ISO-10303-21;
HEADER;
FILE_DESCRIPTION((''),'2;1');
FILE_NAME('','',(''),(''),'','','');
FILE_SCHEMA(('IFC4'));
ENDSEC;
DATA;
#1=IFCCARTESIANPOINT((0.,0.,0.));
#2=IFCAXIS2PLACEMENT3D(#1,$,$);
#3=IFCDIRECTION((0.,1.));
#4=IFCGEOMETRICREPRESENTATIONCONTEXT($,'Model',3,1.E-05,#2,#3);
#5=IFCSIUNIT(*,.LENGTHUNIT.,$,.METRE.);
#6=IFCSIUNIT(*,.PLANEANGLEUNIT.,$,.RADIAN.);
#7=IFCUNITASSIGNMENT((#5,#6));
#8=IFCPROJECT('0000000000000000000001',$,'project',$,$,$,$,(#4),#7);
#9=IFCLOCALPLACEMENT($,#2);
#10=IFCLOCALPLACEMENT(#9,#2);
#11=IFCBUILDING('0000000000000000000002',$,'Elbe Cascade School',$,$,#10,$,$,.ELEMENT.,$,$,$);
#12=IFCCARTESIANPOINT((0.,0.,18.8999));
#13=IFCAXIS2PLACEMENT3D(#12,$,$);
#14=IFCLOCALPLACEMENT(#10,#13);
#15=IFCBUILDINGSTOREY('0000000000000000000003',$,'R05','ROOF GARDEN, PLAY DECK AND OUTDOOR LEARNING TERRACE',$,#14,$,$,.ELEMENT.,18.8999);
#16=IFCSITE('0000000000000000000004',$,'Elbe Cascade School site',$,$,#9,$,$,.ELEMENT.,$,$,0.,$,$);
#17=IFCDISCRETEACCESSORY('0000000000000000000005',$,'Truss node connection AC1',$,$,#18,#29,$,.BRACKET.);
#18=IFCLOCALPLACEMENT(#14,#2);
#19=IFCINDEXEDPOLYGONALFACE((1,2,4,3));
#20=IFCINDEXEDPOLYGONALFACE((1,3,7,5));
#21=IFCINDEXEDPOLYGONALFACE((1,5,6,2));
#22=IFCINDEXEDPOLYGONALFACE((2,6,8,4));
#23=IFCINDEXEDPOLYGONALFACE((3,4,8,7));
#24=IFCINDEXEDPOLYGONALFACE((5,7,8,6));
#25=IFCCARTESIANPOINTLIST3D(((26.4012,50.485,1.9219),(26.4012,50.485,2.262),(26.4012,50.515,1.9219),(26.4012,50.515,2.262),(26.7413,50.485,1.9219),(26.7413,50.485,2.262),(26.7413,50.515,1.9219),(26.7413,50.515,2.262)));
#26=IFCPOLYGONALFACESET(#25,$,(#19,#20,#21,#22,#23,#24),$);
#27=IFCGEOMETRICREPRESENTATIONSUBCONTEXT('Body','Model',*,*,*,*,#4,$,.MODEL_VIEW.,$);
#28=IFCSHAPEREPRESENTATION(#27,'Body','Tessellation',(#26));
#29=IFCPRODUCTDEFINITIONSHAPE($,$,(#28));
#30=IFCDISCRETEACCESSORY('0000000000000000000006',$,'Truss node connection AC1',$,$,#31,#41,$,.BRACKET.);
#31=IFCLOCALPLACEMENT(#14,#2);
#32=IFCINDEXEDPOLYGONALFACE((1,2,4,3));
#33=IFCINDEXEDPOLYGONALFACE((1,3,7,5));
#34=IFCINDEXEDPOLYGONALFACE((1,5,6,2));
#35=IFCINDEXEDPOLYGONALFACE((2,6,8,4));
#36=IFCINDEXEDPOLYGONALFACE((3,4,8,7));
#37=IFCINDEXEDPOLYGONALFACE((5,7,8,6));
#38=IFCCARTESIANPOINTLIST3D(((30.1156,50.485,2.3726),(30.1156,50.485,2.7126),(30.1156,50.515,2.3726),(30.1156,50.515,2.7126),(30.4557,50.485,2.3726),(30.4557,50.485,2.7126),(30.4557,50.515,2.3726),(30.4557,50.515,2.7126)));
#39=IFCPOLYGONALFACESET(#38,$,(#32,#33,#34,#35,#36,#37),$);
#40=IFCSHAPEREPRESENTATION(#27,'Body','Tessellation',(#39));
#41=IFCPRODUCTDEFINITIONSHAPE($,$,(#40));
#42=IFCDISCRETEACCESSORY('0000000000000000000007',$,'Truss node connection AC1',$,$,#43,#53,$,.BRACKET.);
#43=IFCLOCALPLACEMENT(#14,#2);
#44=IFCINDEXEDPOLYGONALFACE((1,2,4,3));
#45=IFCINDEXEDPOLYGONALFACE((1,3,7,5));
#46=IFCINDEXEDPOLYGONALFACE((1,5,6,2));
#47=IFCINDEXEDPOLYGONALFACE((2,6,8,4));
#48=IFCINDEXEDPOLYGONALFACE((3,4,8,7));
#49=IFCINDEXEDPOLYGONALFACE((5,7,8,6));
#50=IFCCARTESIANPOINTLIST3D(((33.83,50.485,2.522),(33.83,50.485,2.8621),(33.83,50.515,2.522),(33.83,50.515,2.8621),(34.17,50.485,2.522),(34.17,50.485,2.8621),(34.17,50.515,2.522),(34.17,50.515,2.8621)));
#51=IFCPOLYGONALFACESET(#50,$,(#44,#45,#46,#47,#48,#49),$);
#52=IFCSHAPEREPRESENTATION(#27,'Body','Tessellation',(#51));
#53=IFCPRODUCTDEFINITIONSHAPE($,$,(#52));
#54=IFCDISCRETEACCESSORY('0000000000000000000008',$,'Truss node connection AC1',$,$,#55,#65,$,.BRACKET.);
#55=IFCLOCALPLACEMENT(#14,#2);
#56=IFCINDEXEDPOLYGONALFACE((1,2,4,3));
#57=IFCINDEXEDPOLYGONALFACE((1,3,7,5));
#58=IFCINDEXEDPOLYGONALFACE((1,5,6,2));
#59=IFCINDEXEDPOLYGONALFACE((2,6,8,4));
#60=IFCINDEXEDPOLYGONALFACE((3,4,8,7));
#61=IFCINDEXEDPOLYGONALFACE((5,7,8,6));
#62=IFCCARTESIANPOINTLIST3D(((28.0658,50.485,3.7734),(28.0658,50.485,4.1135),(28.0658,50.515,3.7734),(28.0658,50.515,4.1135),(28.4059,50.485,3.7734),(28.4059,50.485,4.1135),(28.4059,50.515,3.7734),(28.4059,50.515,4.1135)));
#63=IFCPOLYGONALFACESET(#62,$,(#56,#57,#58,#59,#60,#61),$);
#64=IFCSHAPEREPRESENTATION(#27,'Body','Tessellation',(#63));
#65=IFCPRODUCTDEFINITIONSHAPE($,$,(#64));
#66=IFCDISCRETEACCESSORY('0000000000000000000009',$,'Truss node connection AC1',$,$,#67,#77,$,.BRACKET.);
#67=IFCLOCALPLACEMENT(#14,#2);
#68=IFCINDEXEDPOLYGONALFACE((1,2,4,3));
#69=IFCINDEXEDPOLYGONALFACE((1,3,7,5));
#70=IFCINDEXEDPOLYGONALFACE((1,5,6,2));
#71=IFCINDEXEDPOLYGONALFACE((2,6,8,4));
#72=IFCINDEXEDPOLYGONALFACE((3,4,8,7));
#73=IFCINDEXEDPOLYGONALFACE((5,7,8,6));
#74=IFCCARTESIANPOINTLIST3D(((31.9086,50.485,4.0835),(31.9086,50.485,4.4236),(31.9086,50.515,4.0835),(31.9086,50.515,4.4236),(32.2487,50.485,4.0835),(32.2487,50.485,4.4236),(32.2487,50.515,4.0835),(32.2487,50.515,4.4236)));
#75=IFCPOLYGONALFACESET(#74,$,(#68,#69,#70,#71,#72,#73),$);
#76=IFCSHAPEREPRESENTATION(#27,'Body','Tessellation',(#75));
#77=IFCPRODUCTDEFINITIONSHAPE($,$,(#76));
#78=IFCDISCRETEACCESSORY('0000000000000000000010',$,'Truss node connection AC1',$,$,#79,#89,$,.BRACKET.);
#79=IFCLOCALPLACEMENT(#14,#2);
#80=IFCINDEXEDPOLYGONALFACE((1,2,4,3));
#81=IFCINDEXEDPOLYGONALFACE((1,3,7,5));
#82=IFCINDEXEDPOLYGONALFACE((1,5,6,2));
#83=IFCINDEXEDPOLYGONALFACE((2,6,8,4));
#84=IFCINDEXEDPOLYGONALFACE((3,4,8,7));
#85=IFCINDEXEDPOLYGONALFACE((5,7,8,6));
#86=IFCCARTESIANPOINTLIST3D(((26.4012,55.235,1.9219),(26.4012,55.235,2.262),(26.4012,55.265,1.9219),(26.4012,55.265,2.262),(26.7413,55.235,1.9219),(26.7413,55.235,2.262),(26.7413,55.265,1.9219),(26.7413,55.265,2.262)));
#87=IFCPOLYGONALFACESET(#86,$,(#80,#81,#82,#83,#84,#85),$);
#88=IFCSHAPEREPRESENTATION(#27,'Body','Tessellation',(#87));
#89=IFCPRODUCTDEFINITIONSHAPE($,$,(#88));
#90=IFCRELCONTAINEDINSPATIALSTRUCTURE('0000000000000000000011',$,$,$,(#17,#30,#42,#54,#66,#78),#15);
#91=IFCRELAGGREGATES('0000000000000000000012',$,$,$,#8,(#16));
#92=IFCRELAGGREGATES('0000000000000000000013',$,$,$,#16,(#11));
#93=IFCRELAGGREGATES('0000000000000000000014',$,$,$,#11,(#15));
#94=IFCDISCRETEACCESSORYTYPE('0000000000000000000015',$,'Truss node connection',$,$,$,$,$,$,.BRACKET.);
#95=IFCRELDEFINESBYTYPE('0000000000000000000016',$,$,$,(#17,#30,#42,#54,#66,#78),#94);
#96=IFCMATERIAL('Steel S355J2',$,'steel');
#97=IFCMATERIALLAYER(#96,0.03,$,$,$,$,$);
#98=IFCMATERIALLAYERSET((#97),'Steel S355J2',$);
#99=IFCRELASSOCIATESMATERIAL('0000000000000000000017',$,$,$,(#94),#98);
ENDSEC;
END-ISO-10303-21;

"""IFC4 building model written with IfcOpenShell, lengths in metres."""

from ifc_helpers import new_model, si_unit, direction, frame, origin, origin_2d, place, context, subcontext, project, spatial, rectangle, extrude, material, layer, layer_set, type_object, element, save


model = new_model("IFC4")

# Units and contexts
model_context = context("Model", 3, precision=1e-05, world=origin(), true_north=direction((0.0, 1.0)))
body_context = subcontext(model_context, "Body", "Model", "MODEL_VIEW")
ifc_project = project(units=[si_unit("LENGTHUNIT", "METRE"), si_unit("PLANEANGLEUNIT", "RADIAN")], contexts=[model_context])

# Site, building, storey
site_placement = place(None, origin())
site = spatial("IfcSite", under=ifc_project, at=site_placement, Name="Elbe Cascade School site", CompositionType="ELEMENT", RefElevation=0.0)
building_placement = place(site_placement, origin())
building = spatial("IfcBuilding", under=site, at=building_placement, Name="Elbe Cascade School", CompositionType="ELEMENT")
storey_placement = place(building_placement, frame((0.0, 0.0, 18.8999)))
storey = spatial("IfcBuildingStorey", under=building, at=storey_placement, Name="R05", Description="ROOF GARDEN, PLAY DECK AND OUTDOOR LEARNING TERRACE", CompositionType="ELEMENT", Elevation=18.8999)

# Discrete accessories
ifc_material_1 = material(Name="Steel S355J2", Category="steel")
ifc_layer = layer(ifc_material_1, 0.03)
ifc_layer_set = layer_set([ifc_layer], Name="Steel S355J2")
discrete_accessory_type = type_object("IfcDiscreteAccessoryType", Name="Truss node connection", PredefinedType="BRACKET", material=ifc_layer_set)
for number, where, z_axis, x_axis, name in (
    (1, (26.5713, 50.5, 1.9219), (0.0, 0.0, 1.0), (1.0, 0.0, 0.0), "Truss node connection AC1"),
    (2, (30.2856, 50.5, 2.3726), (0.0, 0.0, 1.0), (1.0, 0.0, 0.0), "Truss node connection AC1"),
    (3, (34.0, 50.5, 2.522), (0.0, 0.0, 1.0), (1.0, 0.0, 0.0), "Truss node connection AC1"),
    (4, (28.2358, 50.5, 3.7734), (0.0, 0.0, 1.0), (1.0, 0.0, 0.0), "Truss node connection AC1"),
    (5, (32.0786, 50.5, 4.0835), (0.0, 0.0, 1.0), (1.0, 0.0, 0.0), "Truss node connection AC1"),
    (6, (26.5713, 55.25, 1.9219), (0.0, 0.0, 1.0), (1.0, 0.0, 0.0), "Truss node connection AC1"),
):
    element("IfcDiscreteAccessory", number, at=place(storey_placement, frame(where, z_axis=z_axis, x_axis=x_axis)), inside=storey, type_object=discrete_accessory_type, Name=name, PredefinedType="BRACKET", context=body_context, shape_type="SweptSolid", body=[
        extrude(rectangle(XDim=0.3401, YDim=0.03, at=origin_2d()), origin(), (0.0, 0.0, 1.0), 0.3401),
    ])

save(model, "model.ifc")
